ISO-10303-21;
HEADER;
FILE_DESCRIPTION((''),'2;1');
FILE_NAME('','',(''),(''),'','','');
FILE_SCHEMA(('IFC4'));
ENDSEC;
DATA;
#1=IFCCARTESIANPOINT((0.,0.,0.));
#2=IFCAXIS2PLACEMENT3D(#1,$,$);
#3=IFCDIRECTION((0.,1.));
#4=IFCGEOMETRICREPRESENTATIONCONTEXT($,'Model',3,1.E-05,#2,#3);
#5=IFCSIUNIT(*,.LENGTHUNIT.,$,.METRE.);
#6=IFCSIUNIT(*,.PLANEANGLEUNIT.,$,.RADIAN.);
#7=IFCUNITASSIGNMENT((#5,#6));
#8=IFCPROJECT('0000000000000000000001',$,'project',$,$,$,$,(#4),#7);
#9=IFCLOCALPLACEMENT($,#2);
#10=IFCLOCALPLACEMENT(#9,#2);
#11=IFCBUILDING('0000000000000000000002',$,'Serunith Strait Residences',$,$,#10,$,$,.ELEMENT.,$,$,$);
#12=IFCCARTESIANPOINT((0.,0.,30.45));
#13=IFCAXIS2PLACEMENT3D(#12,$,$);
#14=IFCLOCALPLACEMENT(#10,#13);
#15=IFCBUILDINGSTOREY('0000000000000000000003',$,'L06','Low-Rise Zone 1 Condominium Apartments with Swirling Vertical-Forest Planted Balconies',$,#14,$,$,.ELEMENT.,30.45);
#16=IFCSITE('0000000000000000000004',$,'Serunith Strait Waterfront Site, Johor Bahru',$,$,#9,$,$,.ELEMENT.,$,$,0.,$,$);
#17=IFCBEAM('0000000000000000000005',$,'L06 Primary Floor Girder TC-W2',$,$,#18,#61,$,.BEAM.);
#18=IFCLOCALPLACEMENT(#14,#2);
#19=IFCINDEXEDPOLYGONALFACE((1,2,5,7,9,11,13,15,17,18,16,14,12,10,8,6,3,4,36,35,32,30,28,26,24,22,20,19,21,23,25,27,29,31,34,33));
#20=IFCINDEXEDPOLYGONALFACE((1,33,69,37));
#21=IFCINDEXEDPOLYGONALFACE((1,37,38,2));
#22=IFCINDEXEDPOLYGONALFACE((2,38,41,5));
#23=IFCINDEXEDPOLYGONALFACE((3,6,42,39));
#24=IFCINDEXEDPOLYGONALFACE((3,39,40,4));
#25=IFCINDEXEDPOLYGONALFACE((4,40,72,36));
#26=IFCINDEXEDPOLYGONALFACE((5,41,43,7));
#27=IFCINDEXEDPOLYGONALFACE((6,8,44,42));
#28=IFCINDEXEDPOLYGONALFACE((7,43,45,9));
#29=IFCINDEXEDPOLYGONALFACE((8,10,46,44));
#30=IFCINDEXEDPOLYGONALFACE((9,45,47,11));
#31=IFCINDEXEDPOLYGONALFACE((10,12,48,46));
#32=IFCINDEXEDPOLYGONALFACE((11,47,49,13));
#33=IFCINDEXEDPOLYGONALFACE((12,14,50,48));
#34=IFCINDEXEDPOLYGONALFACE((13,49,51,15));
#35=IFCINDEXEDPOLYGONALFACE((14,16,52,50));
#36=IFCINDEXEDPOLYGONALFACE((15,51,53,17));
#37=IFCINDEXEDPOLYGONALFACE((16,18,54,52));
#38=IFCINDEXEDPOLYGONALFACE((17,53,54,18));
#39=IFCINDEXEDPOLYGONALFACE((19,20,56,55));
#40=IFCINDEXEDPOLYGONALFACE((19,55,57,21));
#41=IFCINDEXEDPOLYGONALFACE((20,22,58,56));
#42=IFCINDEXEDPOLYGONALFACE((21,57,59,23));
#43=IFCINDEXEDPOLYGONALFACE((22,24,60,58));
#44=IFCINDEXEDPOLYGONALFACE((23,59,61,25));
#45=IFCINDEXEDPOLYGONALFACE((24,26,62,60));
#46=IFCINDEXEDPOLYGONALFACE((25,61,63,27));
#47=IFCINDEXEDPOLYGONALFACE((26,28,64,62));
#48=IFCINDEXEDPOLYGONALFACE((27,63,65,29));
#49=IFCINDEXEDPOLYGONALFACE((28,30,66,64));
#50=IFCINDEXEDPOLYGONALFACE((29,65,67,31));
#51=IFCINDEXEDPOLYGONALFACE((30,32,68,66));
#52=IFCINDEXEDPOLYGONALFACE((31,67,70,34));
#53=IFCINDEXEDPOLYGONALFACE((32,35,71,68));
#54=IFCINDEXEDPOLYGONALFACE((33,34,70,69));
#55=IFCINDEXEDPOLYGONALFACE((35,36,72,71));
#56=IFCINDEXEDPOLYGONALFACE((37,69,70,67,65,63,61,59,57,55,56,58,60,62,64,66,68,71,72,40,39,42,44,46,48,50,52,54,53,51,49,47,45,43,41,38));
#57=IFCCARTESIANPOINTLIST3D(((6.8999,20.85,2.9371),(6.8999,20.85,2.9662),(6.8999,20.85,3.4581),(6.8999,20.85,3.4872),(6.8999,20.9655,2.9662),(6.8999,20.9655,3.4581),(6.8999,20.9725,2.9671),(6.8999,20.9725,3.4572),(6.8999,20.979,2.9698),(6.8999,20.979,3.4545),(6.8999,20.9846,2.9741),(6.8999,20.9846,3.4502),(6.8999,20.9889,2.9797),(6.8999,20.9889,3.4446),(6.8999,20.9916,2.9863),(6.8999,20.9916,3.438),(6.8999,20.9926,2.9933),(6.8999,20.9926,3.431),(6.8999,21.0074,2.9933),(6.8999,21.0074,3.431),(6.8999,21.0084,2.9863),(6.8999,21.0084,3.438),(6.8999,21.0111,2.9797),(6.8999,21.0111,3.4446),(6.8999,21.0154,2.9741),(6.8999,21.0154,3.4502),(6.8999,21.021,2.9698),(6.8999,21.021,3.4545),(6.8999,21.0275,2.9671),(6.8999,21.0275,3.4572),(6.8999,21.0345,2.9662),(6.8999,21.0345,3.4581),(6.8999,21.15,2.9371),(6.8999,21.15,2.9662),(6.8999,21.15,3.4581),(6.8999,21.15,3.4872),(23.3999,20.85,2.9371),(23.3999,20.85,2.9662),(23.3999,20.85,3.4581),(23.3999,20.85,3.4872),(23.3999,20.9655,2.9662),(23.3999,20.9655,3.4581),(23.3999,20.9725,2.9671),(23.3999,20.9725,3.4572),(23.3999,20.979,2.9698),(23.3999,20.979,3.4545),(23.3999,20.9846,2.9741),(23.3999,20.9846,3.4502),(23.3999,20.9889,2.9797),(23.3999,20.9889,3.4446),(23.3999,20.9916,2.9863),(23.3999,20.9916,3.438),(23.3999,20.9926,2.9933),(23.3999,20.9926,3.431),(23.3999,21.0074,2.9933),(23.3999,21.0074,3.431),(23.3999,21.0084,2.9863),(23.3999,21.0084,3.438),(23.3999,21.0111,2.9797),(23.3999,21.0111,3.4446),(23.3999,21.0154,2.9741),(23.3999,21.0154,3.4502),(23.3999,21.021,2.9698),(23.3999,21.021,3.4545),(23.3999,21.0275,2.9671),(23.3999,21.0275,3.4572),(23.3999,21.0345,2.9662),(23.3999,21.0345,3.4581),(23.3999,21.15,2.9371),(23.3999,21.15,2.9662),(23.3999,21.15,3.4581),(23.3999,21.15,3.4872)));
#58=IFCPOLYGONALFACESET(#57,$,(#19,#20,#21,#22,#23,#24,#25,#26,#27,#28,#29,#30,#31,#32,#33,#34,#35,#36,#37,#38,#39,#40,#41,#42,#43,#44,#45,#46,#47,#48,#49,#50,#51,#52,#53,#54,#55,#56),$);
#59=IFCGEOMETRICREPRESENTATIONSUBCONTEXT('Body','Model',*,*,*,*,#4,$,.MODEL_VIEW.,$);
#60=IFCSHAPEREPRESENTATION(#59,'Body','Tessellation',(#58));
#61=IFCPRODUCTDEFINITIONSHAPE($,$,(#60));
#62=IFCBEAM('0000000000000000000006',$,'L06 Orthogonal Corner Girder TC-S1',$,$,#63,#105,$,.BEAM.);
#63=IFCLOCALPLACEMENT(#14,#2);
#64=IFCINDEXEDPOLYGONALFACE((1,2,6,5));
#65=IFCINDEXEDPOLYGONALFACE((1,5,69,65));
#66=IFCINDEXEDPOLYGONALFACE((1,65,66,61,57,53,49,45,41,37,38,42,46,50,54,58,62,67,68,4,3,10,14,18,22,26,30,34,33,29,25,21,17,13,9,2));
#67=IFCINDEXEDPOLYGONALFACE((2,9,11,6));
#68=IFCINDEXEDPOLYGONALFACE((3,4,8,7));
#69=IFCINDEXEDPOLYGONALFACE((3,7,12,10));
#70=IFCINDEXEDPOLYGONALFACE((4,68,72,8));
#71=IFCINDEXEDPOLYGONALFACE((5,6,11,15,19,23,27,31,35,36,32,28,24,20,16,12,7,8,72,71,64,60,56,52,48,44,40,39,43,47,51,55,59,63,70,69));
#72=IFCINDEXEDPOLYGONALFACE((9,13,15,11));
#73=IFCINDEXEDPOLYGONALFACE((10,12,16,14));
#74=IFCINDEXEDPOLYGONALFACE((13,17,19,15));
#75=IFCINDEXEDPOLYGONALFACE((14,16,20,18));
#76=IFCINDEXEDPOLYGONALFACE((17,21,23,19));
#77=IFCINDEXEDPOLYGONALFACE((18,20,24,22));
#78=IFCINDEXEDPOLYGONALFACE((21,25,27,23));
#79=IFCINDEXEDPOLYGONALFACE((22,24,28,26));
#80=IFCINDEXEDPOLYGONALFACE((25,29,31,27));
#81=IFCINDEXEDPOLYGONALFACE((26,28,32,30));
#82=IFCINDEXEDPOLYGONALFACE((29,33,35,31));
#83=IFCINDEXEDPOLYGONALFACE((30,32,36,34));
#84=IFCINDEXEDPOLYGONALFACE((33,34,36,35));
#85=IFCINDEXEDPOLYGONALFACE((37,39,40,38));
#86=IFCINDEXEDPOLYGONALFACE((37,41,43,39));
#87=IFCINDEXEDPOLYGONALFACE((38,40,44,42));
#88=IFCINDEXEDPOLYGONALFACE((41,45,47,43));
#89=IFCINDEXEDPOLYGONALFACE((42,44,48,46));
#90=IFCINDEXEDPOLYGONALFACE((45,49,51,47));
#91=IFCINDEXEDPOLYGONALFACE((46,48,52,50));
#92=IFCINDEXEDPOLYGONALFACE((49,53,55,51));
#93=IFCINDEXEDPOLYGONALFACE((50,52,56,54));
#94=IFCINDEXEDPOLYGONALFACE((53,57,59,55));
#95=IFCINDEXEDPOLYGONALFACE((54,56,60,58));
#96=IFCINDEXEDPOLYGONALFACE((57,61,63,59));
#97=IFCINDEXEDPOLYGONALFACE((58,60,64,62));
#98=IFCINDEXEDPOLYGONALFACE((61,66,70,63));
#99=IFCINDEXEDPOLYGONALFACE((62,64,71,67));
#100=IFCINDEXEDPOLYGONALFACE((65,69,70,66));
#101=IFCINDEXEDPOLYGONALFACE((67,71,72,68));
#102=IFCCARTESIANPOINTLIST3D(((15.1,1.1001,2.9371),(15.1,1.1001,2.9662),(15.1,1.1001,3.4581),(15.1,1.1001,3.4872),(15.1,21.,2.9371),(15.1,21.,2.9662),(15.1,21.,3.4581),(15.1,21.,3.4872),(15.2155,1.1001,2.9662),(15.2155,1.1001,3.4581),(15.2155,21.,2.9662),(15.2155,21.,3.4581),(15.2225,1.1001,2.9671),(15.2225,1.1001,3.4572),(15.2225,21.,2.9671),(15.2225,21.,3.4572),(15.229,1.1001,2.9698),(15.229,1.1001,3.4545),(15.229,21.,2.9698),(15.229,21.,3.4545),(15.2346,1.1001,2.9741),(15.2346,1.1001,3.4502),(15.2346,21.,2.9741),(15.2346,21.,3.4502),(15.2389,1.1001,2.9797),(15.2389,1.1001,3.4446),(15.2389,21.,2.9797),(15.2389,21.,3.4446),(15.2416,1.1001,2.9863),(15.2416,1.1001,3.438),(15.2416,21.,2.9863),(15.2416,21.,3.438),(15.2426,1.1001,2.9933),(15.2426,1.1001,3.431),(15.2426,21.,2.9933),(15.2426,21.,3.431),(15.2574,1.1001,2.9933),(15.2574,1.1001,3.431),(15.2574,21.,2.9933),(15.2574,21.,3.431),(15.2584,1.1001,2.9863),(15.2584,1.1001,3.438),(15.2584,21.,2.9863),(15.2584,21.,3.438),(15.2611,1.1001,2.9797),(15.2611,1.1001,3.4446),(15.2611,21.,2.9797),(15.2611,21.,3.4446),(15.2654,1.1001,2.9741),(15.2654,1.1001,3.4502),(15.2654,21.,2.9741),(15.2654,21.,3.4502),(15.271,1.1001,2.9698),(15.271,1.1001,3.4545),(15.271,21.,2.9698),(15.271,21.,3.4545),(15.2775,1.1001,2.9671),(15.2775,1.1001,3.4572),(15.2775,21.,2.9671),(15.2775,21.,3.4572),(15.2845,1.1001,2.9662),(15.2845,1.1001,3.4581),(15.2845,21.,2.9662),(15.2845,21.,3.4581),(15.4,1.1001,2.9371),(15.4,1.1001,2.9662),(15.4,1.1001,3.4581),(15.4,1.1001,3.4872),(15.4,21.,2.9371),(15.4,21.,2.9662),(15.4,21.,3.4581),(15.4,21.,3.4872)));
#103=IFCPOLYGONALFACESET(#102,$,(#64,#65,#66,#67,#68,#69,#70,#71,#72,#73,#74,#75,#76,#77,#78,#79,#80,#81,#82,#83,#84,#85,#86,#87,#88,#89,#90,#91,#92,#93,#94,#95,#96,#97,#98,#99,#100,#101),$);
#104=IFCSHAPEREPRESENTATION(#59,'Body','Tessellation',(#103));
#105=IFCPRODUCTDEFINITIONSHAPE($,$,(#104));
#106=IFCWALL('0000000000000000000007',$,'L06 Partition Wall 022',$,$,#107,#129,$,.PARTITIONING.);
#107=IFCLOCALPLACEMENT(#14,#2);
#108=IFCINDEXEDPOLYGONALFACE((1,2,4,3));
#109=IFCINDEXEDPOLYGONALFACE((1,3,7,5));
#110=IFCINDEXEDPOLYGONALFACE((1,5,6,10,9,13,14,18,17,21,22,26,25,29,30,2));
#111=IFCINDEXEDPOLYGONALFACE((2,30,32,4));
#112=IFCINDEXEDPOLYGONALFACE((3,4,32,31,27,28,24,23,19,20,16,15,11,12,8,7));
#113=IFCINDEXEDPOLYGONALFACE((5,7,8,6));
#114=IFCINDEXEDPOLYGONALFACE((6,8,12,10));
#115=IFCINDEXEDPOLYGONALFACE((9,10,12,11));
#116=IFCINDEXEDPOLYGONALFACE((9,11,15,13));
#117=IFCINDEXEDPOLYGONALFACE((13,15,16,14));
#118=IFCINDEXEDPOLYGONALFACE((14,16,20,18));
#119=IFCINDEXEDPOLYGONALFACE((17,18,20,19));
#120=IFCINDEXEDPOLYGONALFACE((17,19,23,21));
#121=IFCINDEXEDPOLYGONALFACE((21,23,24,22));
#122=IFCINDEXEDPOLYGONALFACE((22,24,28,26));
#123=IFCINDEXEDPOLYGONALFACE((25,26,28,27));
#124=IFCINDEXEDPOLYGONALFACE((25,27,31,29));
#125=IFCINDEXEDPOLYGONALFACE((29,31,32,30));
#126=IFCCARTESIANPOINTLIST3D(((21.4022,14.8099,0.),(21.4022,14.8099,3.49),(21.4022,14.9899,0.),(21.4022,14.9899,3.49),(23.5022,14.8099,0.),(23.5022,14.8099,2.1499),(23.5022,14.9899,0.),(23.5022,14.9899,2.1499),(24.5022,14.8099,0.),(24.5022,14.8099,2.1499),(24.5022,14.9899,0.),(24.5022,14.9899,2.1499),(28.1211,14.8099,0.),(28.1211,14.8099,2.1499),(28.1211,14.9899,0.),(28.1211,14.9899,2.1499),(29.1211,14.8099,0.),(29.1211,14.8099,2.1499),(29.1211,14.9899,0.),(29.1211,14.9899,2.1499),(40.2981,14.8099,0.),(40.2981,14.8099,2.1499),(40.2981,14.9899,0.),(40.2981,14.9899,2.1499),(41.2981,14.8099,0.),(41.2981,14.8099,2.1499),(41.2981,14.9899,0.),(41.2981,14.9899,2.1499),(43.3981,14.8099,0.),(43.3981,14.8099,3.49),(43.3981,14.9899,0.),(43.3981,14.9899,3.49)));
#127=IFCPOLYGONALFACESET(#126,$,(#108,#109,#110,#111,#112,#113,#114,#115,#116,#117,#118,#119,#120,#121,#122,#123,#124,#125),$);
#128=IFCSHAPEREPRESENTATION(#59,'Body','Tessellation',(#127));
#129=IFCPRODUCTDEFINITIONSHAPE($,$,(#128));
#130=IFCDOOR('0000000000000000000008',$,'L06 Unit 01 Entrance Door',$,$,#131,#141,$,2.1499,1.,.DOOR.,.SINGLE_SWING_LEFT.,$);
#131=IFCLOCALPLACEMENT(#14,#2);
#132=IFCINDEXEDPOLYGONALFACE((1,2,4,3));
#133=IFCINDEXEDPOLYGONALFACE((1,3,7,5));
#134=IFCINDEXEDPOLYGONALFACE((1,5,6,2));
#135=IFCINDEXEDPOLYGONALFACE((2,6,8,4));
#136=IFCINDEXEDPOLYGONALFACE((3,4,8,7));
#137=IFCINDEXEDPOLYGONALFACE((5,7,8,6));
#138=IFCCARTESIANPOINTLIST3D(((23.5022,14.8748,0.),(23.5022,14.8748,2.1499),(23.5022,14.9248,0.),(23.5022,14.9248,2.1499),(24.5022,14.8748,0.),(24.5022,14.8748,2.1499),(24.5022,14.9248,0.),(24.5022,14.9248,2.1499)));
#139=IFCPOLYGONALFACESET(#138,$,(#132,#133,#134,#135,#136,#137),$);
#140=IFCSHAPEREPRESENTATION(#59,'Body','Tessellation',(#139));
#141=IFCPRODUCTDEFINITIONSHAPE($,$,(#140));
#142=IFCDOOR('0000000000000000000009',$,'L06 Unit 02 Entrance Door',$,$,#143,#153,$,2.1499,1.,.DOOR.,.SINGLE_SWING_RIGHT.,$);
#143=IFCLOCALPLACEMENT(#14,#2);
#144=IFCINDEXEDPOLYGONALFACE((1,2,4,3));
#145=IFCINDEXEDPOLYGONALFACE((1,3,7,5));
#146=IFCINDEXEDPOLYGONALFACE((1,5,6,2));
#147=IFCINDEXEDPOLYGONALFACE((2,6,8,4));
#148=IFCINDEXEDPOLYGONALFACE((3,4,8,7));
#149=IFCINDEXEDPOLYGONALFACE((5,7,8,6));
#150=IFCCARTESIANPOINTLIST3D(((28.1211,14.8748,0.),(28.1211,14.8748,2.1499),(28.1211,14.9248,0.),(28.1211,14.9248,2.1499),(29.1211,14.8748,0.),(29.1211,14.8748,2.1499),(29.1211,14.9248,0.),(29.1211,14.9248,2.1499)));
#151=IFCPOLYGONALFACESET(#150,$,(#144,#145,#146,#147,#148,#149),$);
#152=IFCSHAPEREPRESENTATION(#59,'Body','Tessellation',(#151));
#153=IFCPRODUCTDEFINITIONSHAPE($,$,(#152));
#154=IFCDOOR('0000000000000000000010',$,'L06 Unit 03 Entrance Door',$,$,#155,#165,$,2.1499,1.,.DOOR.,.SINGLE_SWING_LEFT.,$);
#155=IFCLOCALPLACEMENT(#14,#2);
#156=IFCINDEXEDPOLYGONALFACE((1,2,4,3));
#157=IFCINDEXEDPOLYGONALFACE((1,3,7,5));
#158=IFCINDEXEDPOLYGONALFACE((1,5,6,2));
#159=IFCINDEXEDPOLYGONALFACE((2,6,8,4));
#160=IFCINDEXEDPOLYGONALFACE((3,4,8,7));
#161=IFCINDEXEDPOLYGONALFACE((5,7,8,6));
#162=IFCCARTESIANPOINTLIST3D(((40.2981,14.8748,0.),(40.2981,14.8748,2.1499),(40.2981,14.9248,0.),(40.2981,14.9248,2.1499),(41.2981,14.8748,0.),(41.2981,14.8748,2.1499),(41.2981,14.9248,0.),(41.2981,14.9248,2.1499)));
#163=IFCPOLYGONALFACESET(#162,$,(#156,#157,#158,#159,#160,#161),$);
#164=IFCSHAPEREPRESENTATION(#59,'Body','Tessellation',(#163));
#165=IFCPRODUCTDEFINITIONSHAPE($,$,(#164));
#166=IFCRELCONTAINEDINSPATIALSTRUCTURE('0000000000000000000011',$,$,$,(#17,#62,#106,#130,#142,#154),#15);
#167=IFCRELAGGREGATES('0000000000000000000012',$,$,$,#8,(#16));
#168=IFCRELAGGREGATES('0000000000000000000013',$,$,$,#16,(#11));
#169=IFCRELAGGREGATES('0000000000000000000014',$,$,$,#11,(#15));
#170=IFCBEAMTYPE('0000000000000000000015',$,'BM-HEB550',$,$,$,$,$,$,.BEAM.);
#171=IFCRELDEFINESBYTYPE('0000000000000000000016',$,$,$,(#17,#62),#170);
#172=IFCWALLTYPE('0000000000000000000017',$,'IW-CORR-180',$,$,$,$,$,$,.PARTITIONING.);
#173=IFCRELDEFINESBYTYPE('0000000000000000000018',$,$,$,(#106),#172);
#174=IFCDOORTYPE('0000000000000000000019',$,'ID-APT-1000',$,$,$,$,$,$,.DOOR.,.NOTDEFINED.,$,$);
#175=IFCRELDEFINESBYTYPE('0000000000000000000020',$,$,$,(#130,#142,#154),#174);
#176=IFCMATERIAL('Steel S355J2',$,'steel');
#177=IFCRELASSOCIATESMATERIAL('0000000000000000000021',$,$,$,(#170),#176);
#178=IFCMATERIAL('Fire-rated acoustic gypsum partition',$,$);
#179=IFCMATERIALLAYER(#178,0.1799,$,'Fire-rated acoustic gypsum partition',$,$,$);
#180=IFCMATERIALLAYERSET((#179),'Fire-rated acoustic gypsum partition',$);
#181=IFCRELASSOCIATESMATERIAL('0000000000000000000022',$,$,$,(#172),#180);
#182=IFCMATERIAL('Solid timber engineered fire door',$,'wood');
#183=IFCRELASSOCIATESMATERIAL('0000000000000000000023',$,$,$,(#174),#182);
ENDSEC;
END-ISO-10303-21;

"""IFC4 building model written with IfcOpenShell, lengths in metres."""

from ifc_helpers import new_model, si_unit, direction, frame, frame_2d, origin, origin_2d, place, context, subcontext, project, spatial, rectangle, i_section, extrude, source, transform, mapped, material, layer, layer_set, material_profile, profile_set, type_object, element, fill, save


model = new_model("IFC4")

# Units and contexts
model_context = context("Model", 3, precision=1e-05, world=origin(), true_north=direction((0.0, 1.0)))
body_context = subcontext(model_context, "Body", "Model", "MODEL_VIEW")
ifc_project = project(units=[si_unit("LENGTHUNIT", "METRE"), si_unit("PLANEANGLEUNIT", "RADIAN")], contexts=[model_context])

# Site, building, storey
site_placement = place(None, origin())
site = spatial("IfcSite", under=ifc_project, at=site_placement, Name="Serunith Strait Waterfront Site, Johor Bahru", CompositionType="ELEMENT", RefElevation=0.0)
building_placement = place(site_placement, origin())
building = spatial("IfcBuilding", under=site, at=building_placement, Name="Serunith Strait Residences", CompositionType="ELEMENT")
storey_placement = place(building_placement, frame((0.0, 0.0, 30.45)))
storey = spatial("IfcBuildingStorey", under=building, at=storey_placement, Name="L06", Description="Low-Rise Zone 1 Condominium Apartments with Swirling Vertical-Forest Planted Balconies", CompositionType="ELEMENT", Elevation=30.45)

# Beams
ifc_material_1 = material(Name="Steel S355J2", Category="steel")
ifc_material_profile = material_profile(ifc_material_1, i_section(OverallWidth=0.3, OverallDepth=0.55, WebThickness=0.0149, FlangeThickness=0.0291, FilletRadius=0.0271, at=origin_2d()), Name="HEB 550")
ifc_profile_set = profile_set([ifc_material_profile], Name="Steel S355J2")
beam_type = type_object("IfcBeamType", Name="BM-HEB550", PredefinedType="BEAM", material=ifc_profile_set)
shared_shape_1 = source(origin(), body_context, "Body", "SweptSolid", [
    extrude(i_section(OverallWidth=0.3, OverallDepth=0.55, WebThickness=0.0149, FlangeThickness=0.0291, FilletRadius=0.0271, at=origin_2d()), origin(), (0.0, 0.0, 1.0), 16.5),
])
beam_1_placement = place(storey_placement, frame((23.3999, 21.0, 3.2122), z_axis=(-1.0, 0.0, 0.0), x_axis=(0.0, -1.0, 0.0)))
element("IfcBeam", 1, at=beam_1_placement, inside=storey, type_object=beam_type, Name="L06 Primary Floor Girder TC-W2", PredefinedType="BEAM", context=body_context, shape_type="MappedRepresentation", body=[
    mapped(shared_shape_1, transform((0.0, 0.0, 0.0), scale=1.0)),
])
shared_shape_2 = source(origin(), body_context, "Body", "SweptSolid", [
    extrude(i_section(OverallWidth=0.3, OverallDepth=0.55, WebThickness=0.0149, FlangeThickness=0.0291, FilletRadius=0.0271, at=origin_2d()), origin(), (0.0, 0.0, 1.0), 19.8999),
])
beam_2_placement = place(storey_placement, frame((15.25, 21.0, 3.2122), z_axis=(0.0, -1.0, 0.0), x_axis=(1.0, 0.0, 0.0)))
element("IfcBeam", 2, at=beam_2_placement, inside=storey, type_object=beam_type, Name="L06 Orthogonal Corner Girder TC-S1", PredefinedType="BEAM", context=body_context, shape_type="MappedRepresentation", body=[
    mapped(shared_shape_2, transform((0.0, 0.0, 0.0), scale=1.0)),
])

# Wall, openings, doors
ifc_material_2 = material(Name="Fire-rated acoustic gypsum partition")
ifc_layer_1 = layer(ifc_material_2, 0.1799, Name="Fire-rated acoustic gypsum partition")
ifc_layer_set_1 = layer_set([ifc_layer_1], Name="Fire-rated acoustic gypsum partition")
wall_type_1 = type_object("IfcWallType", Name="IW-CORR-180", PredefinedType="PARTITIONING", material=ifc_layer_set_1)
wall_1_placement = place(storey_placement, frame((21.4021, 14.8999, 0.0), z_axis=(0.0, 0.0, 1.0), x_axis=(1.0, 0.0, 0.0)))
wall_1 = element("IfcWall", 3, at=wall_1_placement, inside=storey, type_object=wall_type_1, Name="L06 Partition Wall 022", PredefinedType="PARTITIONING", context=body_context, shape_type="SweptSolid", body=[
    extrude(rectangle(XDim=21.9958, YDim=0.1799, at=frame_2d((10.998, 0.0))), origin(), (0.0, 0.0, 1.0), 3.49),
])
opening_1_placement = place(wall_1_placement, frame((2.1001, 0.0, 0.0)))
opening_1 = element("IfcOpeningElement", 4, at=opening_1_placement, cuts=wall_1, PredefinedType="OPENING", context=body_context, shape_type="SweptSolid", body=[
    extrude(rectangle(XDim=1.0, YDim=2.1499, at=frame_2d((0.5, 1.075))), frame((0.0, 0.1001, 0.0), z_axis=(0.0, -1.0, 0.0), x_axis=(1.0, 0.0, 0.0)), (0.0, 0.0, 1.0), 0.2),
])
opening_2_placement = place(wall_1_placement, frame((6.719, 0.0, 0.0)))
opening_2 = element("IfcOpeningElement", 5, at=opening_2_placement, cuts=wall_1, PredefinedType="OPENING", context=body_context, shape_type="SweptSolid", body=[
    extrude(rectangle(XDim=1.0, YDim=2.1499, at=frame_2d((0.5, 1.075))), frame((0.0, 0.1001, 0.0), z_axis=(0.0, -1.0, 0.0), x_axis=(1.0, 0.0, 0.0)), (0.0, 0.0, 1.0), 0.2),
])
opening_3_placement = place(wall_1_placement, frame((18.896, 0.0, 0.0)))
opening_3 = element("IfcOpeningElement", 6, at=opening_3_placement, cuts=wall_1, PredefinedType="OPENING", context=body_context, shape_type="SweptSolid", body=[
    extrude(rectangle(XDim=1.0, YDim=2.1499, at=frame_2d((0.5, 1.075))), frame((0.0, 0.1001, 0.0), z_axis=(0.0, -1.0, 0.0), x_axis=(1.0, 0.0, 0.0)), (0.0, 0.0, 1.0), 0.2),
])
ifc_material_3 = material(Name="Solid timber engineered fire door", Category="wood")
door_type_1 = type_object("IfcDoorType", Name="ID-APT-1000", OperationType="NOTDEFINED", PredefinedType="DOOR", material=ifc_material_3)
shared_shape_3 = source(origin(), body_context, "Body", "SweptSolid", [
    extrude(rectangle(XDim=1.0, YDim=2.1499, at=frame_2d((0.5, 1.075))), frame((0.0, 0.0249, 0.0), z_axis=(0.0, -1.0, 0.0), x_axis=(1.0, 0.0, 0.0)), (0.0, 0.0, 1.0), 0.05),
])
door_1_placement = place(opening_1_placement, origin())
door_1 = element("IfcDoor", 7, at=door_1_placement, inside=storey, type_object=door_type_1, Name="L06 Unit 01 Entrance Door", OperationType="SINGLE_SWING_LEFT", OverallHeight=2.1499, OverallWidth=1.0, PredefinedType="DOOR", context=body_context, shape_type="MappedRepresentation", body=[
    mapped(shared_shape_3, transform((0.0, 0.0, 0.0), scale=1.0)),
])
fill(opening_1, door_1)
door_2_placement = place(opening_2_placement, origin())
door_2 = element("IfcDoor", 8, at=door_2_placement, inside=storey, type_object=door_type_1, Name="L06 Unit 02 Entrance Door", OperationType="SINGLE_SWING_RIGHT", OverallHeight=2.1499, OverallWidth=1.0, PredefinedType="DOOR", context=body_context, shape_type="MappedRepresentation", body=[
    mapped(shared_shape_3, transform((0.0, 0.0, 0.0), scale=1.0)),
])
fill(opening_2, door_2)
door_3_placement = place(opening_3_placement, origin())
door_3 = element("IfcDoor", 9, at=door_3_placement, inside=storey, type_object=door_type_1, Name="L06 Unit 03 Entrance Door", OperationType="SINGLE_SWING_LEFT", OverallHeight=2.1499, OverallWidth=1.0, PredefinedType="DOOR", context=body_context, shape_type="MappedRepresentation", body=[
    mapped(shared_shape_3, transform((0.0, 0.0, 0.0), scale=1.0)),
])
fill(opening_3, door_3)

save(model, "model.ifc")
